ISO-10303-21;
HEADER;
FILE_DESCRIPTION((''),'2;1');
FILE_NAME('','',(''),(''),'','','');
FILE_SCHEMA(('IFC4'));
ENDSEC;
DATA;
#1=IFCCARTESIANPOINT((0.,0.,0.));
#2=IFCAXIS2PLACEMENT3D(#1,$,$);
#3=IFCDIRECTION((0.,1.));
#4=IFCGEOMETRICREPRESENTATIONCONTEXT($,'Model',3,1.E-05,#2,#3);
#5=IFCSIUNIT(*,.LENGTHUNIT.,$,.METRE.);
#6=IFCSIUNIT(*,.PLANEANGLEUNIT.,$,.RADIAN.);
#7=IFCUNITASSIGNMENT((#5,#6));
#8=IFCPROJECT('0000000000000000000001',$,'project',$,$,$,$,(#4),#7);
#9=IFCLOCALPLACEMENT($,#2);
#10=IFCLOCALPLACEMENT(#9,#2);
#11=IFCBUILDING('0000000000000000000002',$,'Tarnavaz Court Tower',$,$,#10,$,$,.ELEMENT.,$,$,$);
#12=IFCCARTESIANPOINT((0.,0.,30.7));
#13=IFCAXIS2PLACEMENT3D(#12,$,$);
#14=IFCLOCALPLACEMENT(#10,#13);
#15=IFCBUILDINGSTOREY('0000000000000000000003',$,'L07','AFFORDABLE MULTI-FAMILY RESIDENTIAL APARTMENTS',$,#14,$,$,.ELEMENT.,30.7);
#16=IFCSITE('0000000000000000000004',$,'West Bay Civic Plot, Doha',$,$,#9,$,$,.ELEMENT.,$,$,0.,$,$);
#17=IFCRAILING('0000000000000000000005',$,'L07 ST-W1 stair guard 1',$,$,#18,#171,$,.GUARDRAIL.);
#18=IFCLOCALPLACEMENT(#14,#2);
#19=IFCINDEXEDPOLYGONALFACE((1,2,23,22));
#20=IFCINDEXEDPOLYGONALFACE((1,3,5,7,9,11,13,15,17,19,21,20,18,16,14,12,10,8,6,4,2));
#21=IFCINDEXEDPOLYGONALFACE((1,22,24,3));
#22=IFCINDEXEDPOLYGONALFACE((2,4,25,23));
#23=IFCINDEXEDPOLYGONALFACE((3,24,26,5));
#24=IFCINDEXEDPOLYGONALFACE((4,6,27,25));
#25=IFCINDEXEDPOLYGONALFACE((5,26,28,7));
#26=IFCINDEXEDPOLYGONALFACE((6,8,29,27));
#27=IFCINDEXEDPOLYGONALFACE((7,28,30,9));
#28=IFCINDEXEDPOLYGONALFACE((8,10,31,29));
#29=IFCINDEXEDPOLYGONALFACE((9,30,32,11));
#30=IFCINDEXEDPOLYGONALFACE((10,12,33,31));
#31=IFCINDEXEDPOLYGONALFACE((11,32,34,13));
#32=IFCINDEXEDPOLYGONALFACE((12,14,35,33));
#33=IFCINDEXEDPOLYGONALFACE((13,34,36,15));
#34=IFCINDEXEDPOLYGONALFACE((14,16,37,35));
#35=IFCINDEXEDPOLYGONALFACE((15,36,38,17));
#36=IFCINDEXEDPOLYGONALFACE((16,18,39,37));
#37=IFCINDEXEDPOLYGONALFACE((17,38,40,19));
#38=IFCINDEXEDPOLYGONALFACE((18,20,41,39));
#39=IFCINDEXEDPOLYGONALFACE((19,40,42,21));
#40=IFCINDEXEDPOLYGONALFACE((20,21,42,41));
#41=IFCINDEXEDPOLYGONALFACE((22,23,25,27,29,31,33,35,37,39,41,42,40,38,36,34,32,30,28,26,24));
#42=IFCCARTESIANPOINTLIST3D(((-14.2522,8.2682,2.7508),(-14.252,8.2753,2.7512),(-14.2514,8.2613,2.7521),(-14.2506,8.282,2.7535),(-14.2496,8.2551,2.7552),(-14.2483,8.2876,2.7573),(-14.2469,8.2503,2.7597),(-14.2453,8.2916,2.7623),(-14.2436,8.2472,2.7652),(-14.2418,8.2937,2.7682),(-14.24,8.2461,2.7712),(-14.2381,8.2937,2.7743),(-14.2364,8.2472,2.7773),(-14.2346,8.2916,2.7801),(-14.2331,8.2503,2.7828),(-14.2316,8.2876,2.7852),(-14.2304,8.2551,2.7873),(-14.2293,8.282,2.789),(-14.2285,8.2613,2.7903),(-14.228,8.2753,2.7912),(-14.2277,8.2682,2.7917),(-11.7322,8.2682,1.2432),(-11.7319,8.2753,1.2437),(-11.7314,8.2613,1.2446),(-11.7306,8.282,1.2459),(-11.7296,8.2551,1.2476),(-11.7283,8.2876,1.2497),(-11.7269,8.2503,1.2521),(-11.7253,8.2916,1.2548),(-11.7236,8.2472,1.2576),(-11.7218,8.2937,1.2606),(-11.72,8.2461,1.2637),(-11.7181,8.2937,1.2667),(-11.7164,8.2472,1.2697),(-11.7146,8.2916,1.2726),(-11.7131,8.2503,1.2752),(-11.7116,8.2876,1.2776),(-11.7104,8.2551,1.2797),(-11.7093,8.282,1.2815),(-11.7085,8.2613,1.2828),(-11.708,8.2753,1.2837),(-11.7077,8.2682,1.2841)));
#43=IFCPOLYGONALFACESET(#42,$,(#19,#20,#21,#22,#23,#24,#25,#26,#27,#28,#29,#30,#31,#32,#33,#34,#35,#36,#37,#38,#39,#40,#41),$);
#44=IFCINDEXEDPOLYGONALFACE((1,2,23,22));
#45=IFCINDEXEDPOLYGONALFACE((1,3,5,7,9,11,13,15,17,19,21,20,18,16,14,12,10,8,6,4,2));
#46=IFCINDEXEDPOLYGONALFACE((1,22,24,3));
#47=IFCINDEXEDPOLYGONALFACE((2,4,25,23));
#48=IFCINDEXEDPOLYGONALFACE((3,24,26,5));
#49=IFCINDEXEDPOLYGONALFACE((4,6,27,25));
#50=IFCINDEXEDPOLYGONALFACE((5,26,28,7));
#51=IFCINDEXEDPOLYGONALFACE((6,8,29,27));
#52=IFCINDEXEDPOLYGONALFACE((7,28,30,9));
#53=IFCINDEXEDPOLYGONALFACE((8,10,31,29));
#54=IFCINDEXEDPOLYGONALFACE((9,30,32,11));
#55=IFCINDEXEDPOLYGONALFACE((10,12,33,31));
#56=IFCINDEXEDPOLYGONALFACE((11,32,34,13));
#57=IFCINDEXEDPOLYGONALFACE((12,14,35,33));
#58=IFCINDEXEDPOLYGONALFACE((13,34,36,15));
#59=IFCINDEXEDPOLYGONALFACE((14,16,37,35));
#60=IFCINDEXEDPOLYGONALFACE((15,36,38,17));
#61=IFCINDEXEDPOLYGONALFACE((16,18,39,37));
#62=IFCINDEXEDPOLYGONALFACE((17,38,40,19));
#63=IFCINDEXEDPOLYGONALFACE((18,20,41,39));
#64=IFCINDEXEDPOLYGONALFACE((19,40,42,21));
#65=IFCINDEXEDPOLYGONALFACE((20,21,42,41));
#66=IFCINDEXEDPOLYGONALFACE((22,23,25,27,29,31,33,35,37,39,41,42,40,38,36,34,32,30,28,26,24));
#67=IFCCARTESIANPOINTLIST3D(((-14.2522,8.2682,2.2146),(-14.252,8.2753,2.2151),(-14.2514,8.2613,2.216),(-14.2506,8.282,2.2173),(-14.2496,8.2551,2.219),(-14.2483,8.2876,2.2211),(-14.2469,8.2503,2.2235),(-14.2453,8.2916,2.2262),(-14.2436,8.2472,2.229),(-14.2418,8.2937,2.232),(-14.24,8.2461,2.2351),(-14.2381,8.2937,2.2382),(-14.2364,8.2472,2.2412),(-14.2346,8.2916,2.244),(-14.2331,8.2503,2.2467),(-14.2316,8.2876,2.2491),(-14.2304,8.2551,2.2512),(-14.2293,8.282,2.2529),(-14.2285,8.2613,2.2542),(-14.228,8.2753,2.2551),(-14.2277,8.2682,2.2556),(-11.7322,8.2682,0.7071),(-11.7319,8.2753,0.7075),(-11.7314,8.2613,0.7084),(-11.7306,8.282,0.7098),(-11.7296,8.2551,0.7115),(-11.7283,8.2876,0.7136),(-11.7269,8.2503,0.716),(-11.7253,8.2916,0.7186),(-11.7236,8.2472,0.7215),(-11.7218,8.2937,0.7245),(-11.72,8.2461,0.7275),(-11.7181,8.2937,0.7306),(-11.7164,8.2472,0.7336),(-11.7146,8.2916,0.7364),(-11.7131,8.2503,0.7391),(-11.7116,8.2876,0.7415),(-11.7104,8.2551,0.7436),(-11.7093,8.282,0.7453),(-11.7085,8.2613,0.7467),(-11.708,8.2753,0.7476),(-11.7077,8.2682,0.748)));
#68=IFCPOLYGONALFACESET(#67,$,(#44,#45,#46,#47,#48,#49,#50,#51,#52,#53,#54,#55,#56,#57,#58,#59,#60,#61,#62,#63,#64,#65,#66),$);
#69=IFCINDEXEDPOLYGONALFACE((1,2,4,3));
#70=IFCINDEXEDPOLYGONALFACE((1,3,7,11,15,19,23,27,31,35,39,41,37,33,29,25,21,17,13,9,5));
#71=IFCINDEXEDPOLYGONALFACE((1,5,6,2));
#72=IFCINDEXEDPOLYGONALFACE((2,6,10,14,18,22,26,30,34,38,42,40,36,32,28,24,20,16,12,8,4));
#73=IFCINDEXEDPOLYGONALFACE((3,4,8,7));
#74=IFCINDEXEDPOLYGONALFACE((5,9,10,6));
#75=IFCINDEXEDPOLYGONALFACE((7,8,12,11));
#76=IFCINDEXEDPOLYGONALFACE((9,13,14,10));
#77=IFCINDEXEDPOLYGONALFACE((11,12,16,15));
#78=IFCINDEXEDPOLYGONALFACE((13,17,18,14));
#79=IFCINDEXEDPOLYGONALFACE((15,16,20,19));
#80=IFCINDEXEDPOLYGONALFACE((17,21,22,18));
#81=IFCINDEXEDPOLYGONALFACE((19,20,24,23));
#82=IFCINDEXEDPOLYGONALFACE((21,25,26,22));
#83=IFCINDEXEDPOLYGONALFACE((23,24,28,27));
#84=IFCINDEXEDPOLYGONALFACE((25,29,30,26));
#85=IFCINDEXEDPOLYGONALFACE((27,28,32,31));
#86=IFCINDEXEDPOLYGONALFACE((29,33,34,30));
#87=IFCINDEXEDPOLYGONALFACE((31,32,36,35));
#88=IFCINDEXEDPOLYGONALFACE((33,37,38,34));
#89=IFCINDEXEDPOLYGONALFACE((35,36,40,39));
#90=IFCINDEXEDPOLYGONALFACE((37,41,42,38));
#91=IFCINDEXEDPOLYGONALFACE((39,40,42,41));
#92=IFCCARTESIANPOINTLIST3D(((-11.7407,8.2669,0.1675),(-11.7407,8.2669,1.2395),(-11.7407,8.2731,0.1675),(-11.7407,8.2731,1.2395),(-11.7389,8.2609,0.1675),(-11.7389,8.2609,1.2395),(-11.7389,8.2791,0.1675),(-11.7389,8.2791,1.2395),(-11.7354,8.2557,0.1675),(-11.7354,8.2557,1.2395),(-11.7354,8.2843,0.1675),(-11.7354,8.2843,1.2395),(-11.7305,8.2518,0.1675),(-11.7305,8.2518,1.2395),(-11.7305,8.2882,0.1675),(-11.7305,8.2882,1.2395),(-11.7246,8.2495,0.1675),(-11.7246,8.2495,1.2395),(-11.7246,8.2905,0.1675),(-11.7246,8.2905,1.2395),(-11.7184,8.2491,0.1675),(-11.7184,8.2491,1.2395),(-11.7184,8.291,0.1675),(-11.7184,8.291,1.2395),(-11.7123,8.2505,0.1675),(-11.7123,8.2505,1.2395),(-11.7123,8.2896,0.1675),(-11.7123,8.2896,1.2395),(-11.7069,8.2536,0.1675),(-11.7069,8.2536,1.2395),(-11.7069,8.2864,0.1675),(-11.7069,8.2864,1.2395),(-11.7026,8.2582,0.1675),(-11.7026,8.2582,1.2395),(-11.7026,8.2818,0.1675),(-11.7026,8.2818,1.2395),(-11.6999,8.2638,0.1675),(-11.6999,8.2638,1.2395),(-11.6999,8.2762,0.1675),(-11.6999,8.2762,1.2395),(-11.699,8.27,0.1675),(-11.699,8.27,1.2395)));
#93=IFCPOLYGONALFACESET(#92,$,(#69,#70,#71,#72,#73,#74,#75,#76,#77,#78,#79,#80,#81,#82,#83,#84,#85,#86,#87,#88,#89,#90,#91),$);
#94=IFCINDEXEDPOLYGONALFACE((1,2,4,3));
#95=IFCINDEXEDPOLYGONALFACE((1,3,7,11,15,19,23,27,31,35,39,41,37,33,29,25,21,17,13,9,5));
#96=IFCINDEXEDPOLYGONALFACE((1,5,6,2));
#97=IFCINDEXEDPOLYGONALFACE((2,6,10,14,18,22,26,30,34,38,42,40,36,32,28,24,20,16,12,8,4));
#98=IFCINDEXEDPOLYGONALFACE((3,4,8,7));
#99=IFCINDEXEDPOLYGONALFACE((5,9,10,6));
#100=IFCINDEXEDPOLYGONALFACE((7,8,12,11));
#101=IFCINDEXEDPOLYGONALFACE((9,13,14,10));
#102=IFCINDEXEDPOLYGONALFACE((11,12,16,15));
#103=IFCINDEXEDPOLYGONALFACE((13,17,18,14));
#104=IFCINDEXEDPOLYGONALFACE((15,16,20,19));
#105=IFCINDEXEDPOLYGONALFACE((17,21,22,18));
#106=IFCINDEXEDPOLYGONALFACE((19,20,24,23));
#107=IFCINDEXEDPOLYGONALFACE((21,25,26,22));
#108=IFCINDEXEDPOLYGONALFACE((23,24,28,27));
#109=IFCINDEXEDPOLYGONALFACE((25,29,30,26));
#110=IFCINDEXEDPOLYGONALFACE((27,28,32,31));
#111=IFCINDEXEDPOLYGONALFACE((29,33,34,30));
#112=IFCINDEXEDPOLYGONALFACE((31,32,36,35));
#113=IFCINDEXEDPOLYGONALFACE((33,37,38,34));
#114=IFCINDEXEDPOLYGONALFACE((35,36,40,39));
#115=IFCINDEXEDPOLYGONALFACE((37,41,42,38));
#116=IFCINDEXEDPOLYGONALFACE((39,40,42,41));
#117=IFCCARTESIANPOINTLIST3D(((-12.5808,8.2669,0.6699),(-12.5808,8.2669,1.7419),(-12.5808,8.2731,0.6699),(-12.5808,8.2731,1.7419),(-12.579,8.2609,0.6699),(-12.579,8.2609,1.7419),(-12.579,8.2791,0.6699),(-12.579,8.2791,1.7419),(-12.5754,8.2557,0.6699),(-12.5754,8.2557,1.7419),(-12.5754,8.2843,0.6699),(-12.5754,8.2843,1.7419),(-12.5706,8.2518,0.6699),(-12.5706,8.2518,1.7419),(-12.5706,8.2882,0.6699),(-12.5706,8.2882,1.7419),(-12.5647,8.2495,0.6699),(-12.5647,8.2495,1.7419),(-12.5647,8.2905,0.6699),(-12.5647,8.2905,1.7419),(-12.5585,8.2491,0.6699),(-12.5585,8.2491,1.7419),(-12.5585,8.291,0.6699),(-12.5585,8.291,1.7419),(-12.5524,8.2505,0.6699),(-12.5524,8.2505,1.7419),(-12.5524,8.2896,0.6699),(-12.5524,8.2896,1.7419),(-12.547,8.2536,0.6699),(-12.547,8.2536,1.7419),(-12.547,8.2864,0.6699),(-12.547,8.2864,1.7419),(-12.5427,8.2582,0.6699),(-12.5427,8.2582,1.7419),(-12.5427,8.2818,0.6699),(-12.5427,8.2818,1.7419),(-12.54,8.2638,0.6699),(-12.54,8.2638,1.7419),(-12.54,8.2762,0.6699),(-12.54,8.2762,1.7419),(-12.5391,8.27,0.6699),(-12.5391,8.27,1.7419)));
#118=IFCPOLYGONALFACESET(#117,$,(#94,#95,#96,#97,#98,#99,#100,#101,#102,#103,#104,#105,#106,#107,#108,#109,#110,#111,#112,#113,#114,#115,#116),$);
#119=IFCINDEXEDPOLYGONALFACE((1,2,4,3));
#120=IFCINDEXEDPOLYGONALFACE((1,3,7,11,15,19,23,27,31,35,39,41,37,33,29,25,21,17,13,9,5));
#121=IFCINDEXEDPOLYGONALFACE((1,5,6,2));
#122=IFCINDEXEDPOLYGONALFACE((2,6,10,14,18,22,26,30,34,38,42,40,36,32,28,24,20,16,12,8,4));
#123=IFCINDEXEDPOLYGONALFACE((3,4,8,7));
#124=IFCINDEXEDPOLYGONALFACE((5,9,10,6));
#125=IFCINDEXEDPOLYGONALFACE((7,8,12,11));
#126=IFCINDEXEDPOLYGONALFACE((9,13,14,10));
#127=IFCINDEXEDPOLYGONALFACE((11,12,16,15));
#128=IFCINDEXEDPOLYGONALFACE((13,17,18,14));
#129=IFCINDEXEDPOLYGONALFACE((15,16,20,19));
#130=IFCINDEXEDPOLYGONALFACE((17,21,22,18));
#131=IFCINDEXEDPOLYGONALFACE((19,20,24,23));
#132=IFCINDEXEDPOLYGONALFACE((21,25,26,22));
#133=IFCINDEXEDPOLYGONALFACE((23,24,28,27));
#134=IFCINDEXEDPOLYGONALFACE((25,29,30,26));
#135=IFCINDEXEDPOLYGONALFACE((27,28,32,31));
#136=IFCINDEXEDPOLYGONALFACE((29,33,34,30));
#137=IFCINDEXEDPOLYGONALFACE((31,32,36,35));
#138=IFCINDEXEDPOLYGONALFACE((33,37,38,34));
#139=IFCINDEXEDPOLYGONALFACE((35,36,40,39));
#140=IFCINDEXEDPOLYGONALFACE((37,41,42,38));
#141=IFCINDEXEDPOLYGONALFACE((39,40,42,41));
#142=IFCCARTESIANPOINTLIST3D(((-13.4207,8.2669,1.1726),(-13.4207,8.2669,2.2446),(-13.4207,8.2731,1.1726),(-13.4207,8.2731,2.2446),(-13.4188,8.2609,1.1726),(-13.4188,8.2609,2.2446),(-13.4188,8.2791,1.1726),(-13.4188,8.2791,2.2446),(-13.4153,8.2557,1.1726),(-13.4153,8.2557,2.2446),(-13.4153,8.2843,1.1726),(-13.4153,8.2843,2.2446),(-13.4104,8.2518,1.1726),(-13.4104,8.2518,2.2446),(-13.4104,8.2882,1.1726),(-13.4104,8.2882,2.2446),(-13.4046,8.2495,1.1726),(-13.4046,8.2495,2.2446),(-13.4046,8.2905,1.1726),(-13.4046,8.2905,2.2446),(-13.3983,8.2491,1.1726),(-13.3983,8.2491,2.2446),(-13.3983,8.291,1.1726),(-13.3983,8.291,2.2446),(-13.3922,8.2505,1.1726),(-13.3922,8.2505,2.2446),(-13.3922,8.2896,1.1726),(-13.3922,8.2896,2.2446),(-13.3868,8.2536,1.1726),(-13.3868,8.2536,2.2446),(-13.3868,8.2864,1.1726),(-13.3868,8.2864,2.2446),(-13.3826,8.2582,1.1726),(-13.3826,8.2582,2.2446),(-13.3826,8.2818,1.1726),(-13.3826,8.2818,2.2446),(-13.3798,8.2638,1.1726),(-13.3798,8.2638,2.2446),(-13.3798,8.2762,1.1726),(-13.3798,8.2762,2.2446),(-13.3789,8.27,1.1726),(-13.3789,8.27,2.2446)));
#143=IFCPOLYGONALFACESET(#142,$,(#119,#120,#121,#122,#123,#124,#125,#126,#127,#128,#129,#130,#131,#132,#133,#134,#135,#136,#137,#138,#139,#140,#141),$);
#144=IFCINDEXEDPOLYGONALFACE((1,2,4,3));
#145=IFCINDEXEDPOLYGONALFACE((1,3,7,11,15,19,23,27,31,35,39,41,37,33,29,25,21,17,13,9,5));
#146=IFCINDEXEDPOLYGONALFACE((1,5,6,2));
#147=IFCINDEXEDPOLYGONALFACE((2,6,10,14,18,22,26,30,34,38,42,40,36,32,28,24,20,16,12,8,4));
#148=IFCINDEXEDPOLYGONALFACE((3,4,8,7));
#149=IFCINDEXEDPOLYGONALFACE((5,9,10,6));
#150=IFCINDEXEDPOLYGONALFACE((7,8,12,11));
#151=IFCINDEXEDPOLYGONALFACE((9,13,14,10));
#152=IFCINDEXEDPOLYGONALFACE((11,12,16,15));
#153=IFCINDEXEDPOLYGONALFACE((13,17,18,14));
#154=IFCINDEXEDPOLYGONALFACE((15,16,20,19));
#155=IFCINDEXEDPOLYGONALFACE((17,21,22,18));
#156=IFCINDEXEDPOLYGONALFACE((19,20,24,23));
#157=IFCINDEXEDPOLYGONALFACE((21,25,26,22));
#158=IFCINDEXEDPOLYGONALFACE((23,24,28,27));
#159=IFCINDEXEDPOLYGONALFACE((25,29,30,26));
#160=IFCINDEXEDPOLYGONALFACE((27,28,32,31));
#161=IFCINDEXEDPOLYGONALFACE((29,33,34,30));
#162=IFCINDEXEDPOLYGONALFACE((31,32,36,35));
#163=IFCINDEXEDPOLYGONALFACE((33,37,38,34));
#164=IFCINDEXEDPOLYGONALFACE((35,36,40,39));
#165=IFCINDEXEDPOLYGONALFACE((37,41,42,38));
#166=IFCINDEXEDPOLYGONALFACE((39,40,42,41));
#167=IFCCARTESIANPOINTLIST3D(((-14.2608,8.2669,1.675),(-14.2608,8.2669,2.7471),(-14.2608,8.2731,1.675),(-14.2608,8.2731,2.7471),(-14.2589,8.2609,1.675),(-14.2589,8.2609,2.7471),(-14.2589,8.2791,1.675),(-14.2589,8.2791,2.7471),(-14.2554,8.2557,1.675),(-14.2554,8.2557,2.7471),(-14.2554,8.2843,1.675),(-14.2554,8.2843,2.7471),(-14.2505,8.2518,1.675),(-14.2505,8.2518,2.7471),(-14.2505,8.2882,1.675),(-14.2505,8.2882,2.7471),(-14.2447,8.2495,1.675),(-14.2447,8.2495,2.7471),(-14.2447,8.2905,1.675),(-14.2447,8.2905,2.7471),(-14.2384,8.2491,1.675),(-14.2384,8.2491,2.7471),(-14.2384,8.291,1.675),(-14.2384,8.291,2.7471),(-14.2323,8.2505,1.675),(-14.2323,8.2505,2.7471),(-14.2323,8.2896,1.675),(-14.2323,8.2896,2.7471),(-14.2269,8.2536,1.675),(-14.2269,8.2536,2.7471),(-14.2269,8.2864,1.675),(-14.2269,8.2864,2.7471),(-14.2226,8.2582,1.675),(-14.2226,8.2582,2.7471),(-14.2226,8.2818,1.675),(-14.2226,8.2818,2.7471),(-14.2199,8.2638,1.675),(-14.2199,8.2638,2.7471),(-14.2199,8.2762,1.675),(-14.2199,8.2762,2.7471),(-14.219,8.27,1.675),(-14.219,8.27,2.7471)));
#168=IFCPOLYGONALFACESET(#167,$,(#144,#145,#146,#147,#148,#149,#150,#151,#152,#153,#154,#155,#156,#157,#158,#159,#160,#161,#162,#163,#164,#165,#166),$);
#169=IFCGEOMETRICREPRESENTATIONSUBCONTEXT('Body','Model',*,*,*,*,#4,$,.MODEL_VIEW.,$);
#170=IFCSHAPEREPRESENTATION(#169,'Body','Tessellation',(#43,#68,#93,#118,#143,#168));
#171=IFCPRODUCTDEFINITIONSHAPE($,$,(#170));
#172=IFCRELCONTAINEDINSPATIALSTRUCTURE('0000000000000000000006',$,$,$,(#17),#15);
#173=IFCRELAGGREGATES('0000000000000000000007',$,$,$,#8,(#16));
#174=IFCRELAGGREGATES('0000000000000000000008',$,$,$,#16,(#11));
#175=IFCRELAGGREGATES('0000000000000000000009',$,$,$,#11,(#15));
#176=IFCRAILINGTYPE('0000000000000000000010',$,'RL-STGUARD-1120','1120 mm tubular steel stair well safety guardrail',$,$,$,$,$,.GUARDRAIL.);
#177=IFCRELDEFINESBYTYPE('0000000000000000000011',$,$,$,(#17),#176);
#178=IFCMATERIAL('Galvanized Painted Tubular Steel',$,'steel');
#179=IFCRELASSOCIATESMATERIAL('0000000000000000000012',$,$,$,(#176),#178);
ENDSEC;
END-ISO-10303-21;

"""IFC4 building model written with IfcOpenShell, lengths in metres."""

from ifc_helpers import new_model, si_unit, direction, frame, origin, origin_2d, place, context, subcontext, project, spatial, circle, extrude, material, type_object, element, save


model = new_model("IFC4")

# Units and contexts
model_context = context("Model", 3, precision=1e-05, world=origin(), true_north=direction((0.0, 1.0)))
body_context = subcontext(model_context, "Body", "Model", "MODEL_VIEW")
ifc_project = project(units=[si_unit("LENGTHUNIT", "METRE"), si_unit("PLANEANGLEUNIT", "RADIAN")], contexts=[model_context])

# Site, building, storey
site_placement = place(None, origin())
site = spatial("IfcSite", under=ifc_project, at=site_placement, Name="West Bay Civic Plot, Doha", CompositionType="ELEMENT", RefElevation=0.0)
building_placement = place(site_placement, origin())
building = spatial("IfcBuilding", under=site, at=building_placement, Name="Tarnavaz Court Tower", CompositionType="ELEMENT")
storey_placement = place(building_placement, frame((0.0, 0.0, 30.7)))
storey = spatial("IfcBuildingStorey", under=building, at=storey_placement, Name="L07", Description="AFFORDABLE MULTI-FAMILY RESIDENTIAL APARTMENTS", CompositionType="ELEMENT", Elevation=30.7)

# Railing
ifc_material_1 = material(Name="Galvanized Painted Tubular Steel", Category="steel")
railing_type_1 = type_object("IfcRailingType", Name="RL-STGUARD-1120", Description="1120 mm tubular steel stair well safety guardrail", PredefinedType="GUARDRAIL", material=ifc_material_1)
railing_1_placement = place(storey_placement, frame((-11.72, 8.27, 0.1675)))
element("IfcRailing", 1, at=railing_1_placement, inside=storey, type_object=railing_type_1, Name="L07 ST-W1 stair guard 1", PredefinedType="GUARDRAIL", context=body_context, shape_type="SweptSolid", body=[
    extrude(circle(Radius=0.0239, at=origin_2d()), frame((0.0, 0.0, 1.0962), z_axis=(-0.85816, 0.0, 0.513383), x_axis=(0.0, -1.0, 0.0)), (0.0, 0.0, 1.0), 2.9365),
    extrude(circle(Radius=0.0239, at=origin_2d()), frame((0.0, 0.0, 0.5601), z_axis=(-0.85816, 0.0, 0.513383), x_axis=(0.0, -1.0, 0.0)), (0.0, 0.0, 1.0), 2.9365),
    extrude(circle(Radius=0.021, at=origin_2d()), origin(), (0.0, 0.0, 1.0), 1.072),
    extrude(circle(Radius=0.021, at=origin_2d()), frame((-0.8401, 0.0, 0.5024)), (0.0, 0.0, 1.0), 1.072),
    extrude(circle(Radius=0.021, at=origin_2d()), frame((-1.6799, 0.0, 1.0051)), (0.0, 0.0, 1.0), 1.072),
    extrude(circle(Radius=0.021, at=origin_2d()), frame((-2.52, 0.0, 1.5076)), (0.0, 0.0, 1.0), 1.072),
])

save(model, "model.ifc")
